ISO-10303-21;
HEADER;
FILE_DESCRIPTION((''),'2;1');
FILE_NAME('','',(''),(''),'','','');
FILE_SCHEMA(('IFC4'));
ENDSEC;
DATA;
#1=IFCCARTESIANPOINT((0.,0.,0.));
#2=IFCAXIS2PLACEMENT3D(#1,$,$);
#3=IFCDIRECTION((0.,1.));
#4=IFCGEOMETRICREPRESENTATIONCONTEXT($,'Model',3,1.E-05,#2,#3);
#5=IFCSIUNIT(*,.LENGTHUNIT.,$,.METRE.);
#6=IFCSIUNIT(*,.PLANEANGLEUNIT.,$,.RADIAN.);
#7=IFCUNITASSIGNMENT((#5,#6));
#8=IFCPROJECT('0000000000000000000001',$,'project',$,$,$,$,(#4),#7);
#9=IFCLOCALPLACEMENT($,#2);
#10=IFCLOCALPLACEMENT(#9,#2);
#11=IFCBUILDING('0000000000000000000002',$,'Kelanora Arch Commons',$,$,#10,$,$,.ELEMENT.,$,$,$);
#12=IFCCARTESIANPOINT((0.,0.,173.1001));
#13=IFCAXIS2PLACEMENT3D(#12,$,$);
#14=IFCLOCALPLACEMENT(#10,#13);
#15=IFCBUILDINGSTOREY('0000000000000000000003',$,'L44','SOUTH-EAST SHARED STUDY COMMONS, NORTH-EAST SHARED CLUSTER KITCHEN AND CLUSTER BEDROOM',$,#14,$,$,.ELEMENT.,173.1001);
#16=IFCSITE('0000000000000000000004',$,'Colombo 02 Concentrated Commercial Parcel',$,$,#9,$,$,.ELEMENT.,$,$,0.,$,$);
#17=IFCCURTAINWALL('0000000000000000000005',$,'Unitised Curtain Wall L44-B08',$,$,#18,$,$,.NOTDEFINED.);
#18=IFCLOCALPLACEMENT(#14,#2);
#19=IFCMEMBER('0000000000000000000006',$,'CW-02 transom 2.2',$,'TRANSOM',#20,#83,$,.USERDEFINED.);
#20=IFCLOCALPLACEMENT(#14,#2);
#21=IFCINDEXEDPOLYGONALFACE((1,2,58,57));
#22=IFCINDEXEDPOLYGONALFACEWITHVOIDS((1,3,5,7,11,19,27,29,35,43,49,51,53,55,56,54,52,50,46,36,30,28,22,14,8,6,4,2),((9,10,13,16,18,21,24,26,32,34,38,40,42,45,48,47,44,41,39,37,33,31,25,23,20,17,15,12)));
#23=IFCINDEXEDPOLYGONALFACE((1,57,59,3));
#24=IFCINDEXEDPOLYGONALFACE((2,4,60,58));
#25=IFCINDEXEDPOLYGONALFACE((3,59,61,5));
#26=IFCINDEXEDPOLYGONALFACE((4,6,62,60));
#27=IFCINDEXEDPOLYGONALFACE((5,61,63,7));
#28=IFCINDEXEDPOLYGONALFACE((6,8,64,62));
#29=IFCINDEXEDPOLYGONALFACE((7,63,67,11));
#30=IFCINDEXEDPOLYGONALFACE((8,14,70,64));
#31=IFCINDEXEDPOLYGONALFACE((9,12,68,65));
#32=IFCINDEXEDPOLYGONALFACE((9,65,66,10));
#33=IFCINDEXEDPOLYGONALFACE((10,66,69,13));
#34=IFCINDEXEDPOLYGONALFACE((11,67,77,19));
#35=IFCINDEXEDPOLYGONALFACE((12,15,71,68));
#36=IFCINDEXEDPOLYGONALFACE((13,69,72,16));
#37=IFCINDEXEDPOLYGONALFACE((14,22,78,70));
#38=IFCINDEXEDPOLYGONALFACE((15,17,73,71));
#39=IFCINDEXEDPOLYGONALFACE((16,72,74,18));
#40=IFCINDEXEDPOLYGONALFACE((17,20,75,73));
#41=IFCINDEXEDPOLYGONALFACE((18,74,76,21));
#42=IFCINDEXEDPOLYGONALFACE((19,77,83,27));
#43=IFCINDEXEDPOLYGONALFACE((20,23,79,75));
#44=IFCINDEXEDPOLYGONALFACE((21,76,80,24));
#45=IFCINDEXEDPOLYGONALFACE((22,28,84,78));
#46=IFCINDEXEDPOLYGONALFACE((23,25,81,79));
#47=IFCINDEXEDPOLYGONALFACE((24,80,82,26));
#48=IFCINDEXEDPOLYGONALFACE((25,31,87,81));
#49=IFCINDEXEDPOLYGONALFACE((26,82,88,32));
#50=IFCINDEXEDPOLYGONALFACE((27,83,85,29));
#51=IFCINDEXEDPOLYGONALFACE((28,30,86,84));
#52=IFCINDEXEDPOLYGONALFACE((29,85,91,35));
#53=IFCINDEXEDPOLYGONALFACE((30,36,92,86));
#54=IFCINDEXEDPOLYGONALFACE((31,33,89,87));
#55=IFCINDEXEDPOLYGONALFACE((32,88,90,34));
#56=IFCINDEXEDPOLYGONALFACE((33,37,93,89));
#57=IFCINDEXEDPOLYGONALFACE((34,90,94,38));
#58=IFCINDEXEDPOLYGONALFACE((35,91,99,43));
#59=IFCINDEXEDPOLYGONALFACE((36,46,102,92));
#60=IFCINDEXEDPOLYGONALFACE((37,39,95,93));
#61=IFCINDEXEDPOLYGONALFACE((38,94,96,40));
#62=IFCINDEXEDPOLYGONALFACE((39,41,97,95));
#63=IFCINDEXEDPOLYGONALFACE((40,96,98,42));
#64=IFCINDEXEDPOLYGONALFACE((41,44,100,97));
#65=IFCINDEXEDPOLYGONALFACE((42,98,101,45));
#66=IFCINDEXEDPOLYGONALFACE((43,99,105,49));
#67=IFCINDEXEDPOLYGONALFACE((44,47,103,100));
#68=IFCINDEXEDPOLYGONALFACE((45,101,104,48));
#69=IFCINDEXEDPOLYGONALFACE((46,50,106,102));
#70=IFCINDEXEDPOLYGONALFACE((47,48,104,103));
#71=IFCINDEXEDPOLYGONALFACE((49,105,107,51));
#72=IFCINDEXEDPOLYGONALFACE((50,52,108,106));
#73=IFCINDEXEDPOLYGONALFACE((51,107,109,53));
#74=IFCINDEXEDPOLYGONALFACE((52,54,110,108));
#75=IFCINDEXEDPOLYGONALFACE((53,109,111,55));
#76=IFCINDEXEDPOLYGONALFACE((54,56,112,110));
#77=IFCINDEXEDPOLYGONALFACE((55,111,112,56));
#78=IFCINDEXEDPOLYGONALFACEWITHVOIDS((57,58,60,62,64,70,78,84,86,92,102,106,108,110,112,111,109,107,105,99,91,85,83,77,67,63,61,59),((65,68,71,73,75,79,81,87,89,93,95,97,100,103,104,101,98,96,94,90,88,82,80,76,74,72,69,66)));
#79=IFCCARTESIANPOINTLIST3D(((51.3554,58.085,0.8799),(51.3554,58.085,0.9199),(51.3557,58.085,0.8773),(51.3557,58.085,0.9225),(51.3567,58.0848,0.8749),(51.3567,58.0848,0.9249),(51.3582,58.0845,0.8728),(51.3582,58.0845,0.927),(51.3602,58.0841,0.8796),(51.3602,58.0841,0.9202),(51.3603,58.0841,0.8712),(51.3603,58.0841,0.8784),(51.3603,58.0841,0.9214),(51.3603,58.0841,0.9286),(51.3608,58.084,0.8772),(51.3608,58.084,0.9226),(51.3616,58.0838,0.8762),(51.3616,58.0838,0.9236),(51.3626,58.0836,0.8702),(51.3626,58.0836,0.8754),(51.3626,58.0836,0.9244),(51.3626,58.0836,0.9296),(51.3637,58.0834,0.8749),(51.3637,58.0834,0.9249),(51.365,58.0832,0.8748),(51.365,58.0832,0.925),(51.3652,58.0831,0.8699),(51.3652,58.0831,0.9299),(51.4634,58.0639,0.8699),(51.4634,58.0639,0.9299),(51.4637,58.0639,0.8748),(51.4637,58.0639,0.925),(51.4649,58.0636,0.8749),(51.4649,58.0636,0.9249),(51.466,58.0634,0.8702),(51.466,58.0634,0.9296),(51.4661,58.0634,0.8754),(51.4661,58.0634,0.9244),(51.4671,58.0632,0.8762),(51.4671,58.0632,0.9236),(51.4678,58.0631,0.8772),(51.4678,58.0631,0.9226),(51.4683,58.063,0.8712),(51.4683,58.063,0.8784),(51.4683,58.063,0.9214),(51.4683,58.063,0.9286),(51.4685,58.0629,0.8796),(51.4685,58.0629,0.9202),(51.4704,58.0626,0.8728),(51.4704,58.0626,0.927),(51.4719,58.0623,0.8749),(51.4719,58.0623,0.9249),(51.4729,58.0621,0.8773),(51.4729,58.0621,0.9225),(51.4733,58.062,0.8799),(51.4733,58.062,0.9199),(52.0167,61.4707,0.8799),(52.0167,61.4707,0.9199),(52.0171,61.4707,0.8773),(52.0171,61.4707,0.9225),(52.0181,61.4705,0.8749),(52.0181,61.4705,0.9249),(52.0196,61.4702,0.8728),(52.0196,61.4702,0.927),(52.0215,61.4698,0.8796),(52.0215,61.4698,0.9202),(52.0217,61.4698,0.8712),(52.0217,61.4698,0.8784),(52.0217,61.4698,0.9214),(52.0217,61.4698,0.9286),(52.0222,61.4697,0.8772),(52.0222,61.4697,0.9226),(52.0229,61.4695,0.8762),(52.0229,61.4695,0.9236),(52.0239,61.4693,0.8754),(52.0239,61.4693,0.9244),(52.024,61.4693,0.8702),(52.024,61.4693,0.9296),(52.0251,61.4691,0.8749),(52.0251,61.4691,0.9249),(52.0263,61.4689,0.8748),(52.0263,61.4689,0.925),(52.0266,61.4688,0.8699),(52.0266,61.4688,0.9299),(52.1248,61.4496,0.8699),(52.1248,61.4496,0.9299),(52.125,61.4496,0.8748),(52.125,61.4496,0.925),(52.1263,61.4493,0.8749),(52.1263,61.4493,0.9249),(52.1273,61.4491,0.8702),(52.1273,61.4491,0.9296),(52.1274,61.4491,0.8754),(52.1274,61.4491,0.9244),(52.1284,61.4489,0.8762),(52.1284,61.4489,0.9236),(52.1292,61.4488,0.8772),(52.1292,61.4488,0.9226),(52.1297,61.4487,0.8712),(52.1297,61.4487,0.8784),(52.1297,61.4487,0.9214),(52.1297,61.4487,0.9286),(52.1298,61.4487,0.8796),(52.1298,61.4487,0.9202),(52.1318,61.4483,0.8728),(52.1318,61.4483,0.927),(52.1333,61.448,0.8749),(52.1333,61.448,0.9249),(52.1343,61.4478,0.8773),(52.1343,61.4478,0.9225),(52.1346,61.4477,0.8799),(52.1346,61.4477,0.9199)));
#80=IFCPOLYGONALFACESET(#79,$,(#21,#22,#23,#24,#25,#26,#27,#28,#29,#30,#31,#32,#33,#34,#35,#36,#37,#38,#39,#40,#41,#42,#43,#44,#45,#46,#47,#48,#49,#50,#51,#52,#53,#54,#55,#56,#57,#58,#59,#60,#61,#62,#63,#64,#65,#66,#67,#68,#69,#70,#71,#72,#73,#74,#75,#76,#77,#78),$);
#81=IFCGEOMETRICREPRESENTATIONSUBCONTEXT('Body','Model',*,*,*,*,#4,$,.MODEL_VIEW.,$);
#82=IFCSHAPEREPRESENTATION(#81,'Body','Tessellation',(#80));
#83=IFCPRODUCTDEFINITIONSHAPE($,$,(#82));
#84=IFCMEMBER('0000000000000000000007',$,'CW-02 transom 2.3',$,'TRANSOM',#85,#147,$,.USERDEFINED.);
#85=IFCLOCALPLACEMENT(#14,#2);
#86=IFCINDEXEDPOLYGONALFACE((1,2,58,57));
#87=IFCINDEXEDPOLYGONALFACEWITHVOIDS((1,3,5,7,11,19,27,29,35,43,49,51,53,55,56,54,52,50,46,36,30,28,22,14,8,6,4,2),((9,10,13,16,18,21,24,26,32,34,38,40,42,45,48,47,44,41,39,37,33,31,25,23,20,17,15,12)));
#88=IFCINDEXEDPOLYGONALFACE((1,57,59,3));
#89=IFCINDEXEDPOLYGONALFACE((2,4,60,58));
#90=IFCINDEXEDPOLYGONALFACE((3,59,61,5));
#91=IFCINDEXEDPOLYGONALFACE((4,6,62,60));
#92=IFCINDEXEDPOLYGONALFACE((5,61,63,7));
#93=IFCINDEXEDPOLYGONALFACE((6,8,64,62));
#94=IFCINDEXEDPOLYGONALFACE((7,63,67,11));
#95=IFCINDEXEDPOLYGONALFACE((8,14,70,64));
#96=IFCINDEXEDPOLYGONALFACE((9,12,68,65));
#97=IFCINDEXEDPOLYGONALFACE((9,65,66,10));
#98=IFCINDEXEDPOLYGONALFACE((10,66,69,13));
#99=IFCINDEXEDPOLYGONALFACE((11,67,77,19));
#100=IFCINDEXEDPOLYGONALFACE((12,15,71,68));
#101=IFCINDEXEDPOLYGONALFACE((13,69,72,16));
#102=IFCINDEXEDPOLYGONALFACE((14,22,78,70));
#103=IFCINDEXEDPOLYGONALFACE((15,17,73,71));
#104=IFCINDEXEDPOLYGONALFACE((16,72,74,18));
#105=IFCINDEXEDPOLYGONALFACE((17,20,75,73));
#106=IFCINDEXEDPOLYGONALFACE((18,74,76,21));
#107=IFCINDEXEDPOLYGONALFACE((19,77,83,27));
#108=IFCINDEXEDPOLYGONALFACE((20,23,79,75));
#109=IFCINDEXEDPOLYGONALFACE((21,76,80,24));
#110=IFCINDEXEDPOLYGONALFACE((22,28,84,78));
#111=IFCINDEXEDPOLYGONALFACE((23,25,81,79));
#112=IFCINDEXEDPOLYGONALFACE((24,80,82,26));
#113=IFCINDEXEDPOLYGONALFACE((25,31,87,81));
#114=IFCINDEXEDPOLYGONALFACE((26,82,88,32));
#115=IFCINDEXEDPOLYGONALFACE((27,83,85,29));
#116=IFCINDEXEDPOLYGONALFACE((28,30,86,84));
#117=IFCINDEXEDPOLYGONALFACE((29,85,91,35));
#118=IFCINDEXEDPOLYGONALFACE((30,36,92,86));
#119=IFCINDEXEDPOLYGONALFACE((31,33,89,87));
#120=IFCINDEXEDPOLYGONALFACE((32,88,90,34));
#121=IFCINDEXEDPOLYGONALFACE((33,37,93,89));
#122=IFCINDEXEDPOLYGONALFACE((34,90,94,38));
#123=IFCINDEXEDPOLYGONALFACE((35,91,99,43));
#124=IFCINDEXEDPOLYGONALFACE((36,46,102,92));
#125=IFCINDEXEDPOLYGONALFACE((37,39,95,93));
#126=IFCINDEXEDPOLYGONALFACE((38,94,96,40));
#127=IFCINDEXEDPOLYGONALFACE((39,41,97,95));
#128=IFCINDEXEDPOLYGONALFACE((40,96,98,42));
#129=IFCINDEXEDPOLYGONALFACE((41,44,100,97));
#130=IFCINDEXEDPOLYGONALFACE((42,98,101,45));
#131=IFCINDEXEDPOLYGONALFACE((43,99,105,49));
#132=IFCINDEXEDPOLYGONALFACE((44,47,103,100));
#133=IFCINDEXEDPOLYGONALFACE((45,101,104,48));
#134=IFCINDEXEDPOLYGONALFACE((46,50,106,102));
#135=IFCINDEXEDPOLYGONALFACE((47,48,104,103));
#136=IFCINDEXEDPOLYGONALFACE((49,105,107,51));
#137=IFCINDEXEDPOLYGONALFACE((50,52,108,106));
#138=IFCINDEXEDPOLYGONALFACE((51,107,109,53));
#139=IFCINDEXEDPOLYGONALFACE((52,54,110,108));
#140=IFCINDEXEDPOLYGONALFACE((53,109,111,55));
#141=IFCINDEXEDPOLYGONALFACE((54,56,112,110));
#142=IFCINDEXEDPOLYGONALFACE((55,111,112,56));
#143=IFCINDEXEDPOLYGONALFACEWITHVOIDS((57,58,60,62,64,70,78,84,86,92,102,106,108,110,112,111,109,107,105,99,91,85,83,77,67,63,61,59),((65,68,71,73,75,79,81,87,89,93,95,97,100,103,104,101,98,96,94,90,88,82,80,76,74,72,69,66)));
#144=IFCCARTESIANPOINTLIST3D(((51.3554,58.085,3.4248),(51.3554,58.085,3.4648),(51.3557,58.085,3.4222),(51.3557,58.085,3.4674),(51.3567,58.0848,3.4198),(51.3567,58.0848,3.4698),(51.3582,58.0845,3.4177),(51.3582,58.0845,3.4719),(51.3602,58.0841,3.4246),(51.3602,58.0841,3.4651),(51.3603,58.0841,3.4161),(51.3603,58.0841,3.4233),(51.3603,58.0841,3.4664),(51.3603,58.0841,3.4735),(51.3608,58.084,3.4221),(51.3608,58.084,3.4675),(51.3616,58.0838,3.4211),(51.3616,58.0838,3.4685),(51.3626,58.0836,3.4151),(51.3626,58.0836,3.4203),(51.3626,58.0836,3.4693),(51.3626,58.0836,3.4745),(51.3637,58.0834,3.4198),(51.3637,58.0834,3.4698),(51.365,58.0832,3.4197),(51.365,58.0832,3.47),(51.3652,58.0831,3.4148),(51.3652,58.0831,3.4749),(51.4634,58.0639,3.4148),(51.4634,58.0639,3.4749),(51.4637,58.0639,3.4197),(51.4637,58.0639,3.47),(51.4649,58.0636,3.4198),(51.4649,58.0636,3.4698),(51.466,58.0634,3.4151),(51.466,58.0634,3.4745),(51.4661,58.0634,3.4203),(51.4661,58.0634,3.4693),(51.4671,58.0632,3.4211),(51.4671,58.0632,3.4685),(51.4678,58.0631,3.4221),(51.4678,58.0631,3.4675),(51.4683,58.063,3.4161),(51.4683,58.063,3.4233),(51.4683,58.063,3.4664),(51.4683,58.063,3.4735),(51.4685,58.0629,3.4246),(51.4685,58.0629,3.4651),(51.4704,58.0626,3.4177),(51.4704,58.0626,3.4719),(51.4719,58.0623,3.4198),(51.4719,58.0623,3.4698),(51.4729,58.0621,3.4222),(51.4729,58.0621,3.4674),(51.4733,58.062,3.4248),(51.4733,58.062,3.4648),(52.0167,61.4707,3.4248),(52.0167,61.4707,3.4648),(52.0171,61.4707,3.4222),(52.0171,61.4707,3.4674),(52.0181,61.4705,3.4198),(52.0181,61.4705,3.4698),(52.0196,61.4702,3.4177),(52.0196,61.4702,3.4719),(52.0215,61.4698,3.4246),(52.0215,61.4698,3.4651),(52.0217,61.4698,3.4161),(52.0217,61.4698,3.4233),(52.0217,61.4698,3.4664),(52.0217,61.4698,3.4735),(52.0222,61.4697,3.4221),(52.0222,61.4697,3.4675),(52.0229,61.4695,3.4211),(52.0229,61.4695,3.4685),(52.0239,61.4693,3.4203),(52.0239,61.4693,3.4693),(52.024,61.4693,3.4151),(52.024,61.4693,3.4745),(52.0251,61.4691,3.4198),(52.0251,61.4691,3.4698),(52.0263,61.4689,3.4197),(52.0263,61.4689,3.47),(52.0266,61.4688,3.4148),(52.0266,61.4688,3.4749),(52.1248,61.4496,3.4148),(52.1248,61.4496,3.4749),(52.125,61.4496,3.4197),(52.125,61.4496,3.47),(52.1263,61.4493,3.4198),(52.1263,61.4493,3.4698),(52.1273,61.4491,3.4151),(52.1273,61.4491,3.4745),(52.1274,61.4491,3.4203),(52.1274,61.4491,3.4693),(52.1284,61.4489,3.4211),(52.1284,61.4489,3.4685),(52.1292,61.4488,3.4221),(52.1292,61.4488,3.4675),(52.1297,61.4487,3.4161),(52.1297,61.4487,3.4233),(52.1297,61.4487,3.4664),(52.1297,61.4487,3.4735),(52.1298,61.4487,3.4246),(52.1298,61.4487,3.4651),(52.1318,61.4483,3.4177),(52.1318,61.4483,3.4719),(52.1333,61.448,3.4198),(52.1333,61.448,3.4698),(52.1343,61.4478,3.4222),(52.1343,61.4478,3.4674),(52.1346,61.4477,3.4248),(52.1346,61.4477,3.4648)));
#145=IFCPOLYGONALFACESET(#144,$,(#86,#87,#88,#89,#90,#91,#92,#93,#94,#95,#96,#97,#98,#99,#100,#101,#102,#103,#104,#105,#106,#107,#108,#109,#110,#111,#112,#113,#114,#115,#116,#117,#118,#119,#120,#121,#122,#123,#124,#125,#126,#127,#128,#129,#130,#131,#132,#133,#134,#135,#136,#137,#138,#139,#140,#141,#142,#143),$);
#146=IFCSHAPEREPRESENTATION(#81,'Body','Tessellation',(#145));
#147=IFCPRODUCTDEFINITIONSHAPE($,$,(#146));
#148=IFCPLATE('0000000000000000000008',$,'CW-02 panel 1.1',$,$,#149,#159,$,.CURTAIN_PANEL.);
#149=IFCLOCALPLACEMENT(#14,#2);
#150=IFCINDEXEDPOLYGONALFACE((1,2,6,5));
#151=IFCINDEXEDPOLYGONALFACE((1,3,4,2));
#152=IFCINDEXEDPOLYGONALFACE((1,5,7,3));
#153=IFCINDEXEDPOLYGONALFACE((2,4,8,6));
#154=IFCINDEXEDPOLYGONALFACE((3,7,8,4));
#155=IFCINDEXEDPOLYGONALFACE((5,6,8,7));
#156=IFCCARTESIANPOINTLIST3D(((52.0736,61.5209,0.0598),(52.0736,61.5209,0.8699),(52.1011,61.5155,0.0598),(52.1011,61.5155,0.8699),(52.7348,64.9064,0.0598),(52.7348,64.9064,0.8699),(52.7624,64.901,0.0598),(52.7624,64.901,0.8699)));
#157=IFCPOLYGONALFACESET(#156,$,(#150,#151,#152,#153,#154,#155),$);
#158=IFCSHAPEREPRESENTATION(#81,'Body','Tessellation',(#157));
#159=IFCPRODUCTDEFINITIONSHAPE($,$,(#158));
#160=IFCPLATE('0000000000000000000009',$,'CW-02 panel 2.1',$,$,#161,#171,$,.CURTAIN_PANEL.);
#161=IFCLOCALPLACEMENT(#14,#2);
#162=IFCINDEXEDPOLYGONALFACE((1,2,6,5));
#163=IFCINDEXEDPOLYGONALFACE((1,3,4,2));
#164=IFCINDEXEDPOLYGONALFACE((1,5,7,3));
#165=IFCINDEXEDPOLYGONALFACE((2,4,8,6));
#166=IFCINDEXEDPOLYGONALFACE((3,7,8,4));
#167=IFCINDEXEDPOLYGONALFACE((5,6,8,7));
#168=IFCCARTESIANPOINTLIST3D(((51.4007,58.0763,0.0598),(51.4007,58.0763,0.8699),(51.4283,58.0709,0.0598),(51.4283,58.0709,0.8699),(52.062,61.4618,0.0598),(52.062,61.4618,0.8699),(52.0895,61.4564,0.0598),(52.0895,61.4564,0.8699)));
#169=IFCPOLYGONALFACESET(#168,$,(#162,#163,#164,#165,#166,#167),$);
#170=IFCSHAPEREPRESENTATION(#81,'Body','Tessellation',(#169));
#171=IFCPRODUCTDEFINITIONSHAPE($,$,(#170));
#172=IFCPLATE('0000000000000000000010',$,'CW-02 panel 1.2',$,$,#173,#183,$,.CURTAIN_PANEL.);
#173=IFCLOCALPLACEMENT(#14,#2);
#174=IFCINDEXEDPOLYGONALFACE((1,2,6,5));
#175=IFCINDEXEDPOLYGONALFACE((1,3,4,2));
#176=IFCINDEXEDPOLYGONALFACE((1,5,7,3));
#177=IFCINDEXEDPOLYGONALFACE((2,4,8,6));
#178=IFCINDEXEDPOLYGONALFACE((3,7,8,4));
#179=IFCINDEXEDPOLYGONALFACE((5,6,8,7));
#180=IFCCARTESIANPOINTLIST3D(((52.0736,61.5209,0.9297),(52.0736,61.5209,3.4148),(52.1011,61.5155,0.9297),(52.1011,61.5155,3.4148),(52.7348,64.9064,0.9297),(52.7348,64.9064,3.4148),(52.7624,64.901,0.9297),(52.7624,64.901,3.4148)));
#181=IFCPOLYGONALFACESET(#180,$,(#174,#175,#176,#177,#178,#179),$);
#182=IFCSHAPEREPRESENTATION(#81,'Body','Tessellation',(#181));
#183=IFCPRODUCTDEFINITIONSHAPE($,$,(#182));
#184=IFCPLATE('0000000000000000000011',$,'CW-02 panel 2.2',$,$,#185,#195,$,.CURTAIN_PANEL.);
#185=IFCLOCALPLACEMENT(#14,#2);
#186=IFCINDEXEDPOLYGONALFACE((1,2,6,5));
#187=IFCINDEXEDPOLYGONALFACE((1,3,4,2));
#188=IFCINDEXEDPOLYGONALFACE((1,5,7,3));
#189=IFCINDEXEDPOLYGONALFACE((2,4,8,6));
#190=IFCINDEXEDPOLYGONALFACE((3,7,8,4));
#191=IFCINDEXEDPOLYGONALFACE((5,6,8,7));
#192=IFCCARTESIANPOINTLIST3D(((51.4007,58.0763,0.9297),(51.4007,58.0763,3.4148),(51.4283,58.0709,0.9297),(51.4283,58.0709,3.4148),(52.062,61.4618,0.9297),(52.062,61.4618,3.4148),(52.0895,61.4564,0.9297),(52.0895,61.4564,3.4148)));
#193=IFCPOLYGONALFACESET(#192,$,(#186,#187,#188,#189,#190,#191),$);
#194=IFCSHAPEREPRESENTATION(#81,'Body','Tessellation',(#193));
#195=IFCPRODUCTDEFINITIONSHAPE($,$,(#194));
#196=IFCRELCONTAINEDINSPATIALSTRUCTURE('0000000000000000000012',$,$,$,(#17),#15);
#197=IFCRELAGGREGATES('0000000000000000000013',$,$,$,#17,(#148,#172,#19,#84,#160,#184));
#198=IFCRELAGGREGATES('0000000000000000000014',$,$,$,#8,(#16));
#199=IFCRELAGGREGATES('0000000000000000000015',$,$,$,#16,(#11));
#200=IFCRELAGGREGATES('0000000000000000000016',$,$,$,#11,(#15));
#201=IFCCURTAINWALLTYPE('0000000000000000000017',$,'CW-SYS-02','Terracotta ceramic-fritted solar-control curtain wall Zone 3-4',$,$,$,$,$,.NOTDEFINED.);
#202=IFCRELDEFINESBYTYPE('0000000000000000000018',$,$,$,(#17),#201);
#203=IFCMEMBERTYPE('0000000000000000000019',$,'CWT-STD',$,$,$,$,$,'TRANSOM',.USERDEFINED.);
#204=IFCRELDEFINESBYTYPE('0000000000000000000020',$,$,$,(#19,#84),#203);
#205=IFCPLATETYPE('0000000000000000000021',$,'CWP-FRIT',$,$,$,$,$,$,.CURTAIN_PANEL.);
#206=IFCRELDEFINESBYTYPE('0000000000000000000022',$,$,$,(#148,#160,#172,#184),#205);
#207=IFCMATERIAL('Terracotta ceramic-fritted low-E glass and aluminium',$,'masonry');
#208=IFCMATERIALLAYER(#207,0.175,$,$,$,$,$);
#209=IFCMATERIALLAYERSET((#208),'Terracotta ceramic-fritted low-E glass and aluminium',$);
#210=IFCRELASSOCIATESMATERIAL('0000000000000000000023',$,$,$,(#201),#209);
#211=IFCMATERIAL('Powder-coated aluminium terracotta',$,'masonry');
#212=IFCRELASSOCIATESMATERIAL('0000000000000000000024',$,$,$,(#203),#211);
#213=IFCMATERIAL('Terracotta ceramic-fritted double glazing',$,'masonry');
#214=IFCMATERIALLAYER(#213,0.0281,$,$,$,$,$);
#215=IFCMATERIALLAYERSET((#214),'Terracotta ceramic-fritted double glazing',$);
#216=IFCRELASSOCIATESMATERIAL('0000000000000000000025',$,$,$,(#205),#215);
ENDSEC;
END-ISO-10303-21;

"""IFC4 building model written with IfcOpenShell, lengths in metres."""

from ifc_helpers import new_model, si_unit, direction, frame, origin, origin_2d, place, context, subcontext, project, spatial, rectangle, hollow_rectangle, extrude, source, transform, mapped, material, layer, layer_set, material_profile, profile_set, type_object, element, aggregate, save


model = new_model("IFC4")

# Units and contexts
model_context = context("Model", 3, precision=1e-05, world=origin(), true_north=direction((0.0, 1.0)))
body_context = subcontext(model_context, "Body", "Model", "MODEL_VIEW")
ifc_project = project(units=[si_unit("LENGTHUNIT", "METRE"), si_unit("PLANEANGLEUNIT", "RADIAN")], contexts=[model_context])

# Site, building, storey
site_placement = place(None, origin())
site = spatial("IfcSite", under=ifc_project, at=site_placement, Name="Colombo 02 Concentrated Commercial Parcel", CompositionType="ELEMENT", RefElevation=0.0)
building_placement = place(site_placement, origin())
building = spatial("IfcBuilding", under=site, at=building_placement, Name="Kelanora Arch Commons", CompositionType="ELEMENT")
storey_placement = place(building_placement, frame((0.0, 0.0, 173.1001)))
storey = spatial("IfcBuildingStorey", under=building, at=storey_placement, Name="L44", Description="SOUTH-EAST SHARED STUDY COMMONS, NORTH-EAST SHARED CLUSTER KITCHEN AND CLUSTER BEDROOM", CompositionType="ELEMENT", Elevation=173.1001)

# Curtain wall, members, plates
ifc_material_1 = material(Name="Terracotta ceramic-fritted low-E glass and aluminium", Category="masonry")
ifc_layer_1 = layer(ifc_material_1, 0.175)
ifc_layer_set_1 = layer_set([ifc_layer_1], Name="Terracotta ceramic-fritted low-E glass and aluminium")
curtain_wall_type = type_object("IfcCurtainWallType", Name="CW-SYS-02", Description="Terracotta ceramic-fritted solar-control curtain wall Zone 3-4", PredefinedType="NOTDEFINED", material=ifc_layer_set_1)
curtain_wall_placement = place(storey_placement, origin())
curtain_wall = element("IfcCurtainWall", 1, at=curtain_wall_placement, inside=storey, type_object=curtain_wall_type, Name="Unitised Curtain Wall L44-B08", PredefinedType="NOTDEFINED")
ifc_material_2 = material(Name="Powder-coated aluminium terracotta", Category="masonry")
ifc_material_profile_1 = material_profile(ifc_material_2, hollow_rectangle(XDim=0.1201, YDim=0.0601, WallThickness=0.0049, InnerFilletRadius=0.0049, OuterFilletRadius=0.01, at=origin_2d()), Name="CWT120x60")
ifc_profile_set_1 = profile_set([ifc_material_profile_1], Name="Powder-coated aluminium terracotta")
member_type_1 = type_object("IfcMemberType", Name="CWT-STD", ElementType="TRANSOM", PredefinedType="USERDEFINED", material=ifc_profile_set_1)
member_1_placement = place(storey_placement, frame((52.0757, 61.4592, 0.8999), z_axis=(-0.191718, -0.98145, 0.0), x_axis=(0.98145, -0.191718, 0.0)))
member_1 = element("IfcMember", 2, at=member_1_placement, type_object=member_type_1, Name="CW-02 transom 2.2", ObjectType="TRANSOM", PredefinedType="USERDEFINED", context=body_context, shape_type="SweptSolid", body=[
    extrude(hollow_rectangle(XDim=0.1201, YDim=0.0601, WallThickness=0.0049, InnerFilletRadius=0.0049, OuterFilletRadius=0.01, at=origin_2d()), origin(), (0.0, 0.0, 1.0), 3.4497),
])
member_2_placement = place(storey_placement, frame((52.0757, 61.4592, 3.4448), z_axis=(-0.191718, -0.98145, 0.0), x_axis=(0.98145, -0.191718, 0.0)))
member_2 = element("IfcMember", 3, at=member_2_placement, type_object=member_type_1, Name="CW-02 transom 2.3", ObjectType="TRANSOM", PredefinedType="USERDEFINED", context=body_context, shape_type="SweptSolid", body=[
    extrude(hollow_rectangle(XDim=0.1201, YDim=0.0601, WallThickness=0.0049, InnerFilletRadius=0.0049, OuterFilletRadius=0.01, at=origin_2d()), origin(), (0.0, 0.0, 1.0), 3.4497),
])
ifc_material_3 = material(Name="Terracotta ceramic-fritted double glazing", Category="masonry")
ifc_layer_2 = layer(ifc_material_3, 0.0281)
ifc_layer_set_2 = layer_set([ifc_layer_2], Name="Terracotta ceramic-fritted double glazing")
plate_type = type_object("IfcPlateType", Name="CWP-FRIT", PredefinedType="CURTAIN_PANEL", material=ifc_layer_set_2)
shared_shape_1 = source(origin(), body_context, "Body", "SweptSolid", [
    extrude(rectangle(XDim=3.4495, YDim=0.0281, at=origin_2d()), origin(), (0.0, 0.0, 1.0), 0.8101),
])
plate_1_placement = place(storey_placement, frame((52.418, 63.2109, 0.0598), z_axis=(0.0, 0.0, 1.0), x_axis=(-0.191705, -0.981453, 0.0)))
plate_1 = element("IfcPlate", 4, at=plate_1_placement, type_object=plate_type, Name="CW-02 panel 1.1", PredefinedType="CURTAIN_PANEL", context=body_context, shape_type="MappedRepresentation", body=[
    mapped(shared_shape_1, transform((0.0, 0.0, 0.0), scale=1.0)),
])
plate_2_placement = place(storey_placement, frame((51.7451, 59.7664, 0.0598), z_axis=(0.0, 0.0, 1.0), x_axis=(-0.191705, -0.981453, 0.0)))
plate_2 = element("IfcPlate", 5, at=plate_2_placement, type_object=plate_type, Name="CW-02 panel 2.1", PredefinedType="CURTAIN_PANEL", context=body_context, shape_type="MappedRepresentation", body=[
    mapped(shared_shape_1, transform((0.0, 0.0, 0.0), scale=1.0)),
])
shared_shape_2 = source(origin(), body_context, "Body", "SweptSolid", [
    extrude(rectangle(XDim=3.4495, YDim=0.0281, at=origin_2d()), origin(), (0.0, 0.0, 1.0), 2.4851),
])
plate_3_placement = place(storey_placement, frame((52.418, 63.2109, 0.9297), z_axis=(0.0, 0.0, 1.0), x_axis=(-0.191705, -0.981453, 0.0)))
plate_3 = element("IfcPlate", 6, at=plate_3_placement, type_object=plate_type, Name="CW-02 panel 1.2", PredefinedType="CURTAIN_PANEL", context=body_context, shape_type="MappedRepresentation", body=[
    mapped(shared_shape_2, transform((0.0, 0.0, 0.0), scale=1.0)),
])
plate_4_placement = place(storey_placement, frame((51.7451, 59.7664, 0.9297), z_axis=(0.0, 0.0, 1.0), x_axis=(-0.191705, -0.981453, 0.0)))
plate_4 = element("IfcPlate", 7, at=plate_4_placement, type_object=plate_type, Name="CW-02 panel 2.2", PredefinedType="CURTAIN_PANEL", context=body_context, shape_type="MappedRepresentation", body=[
    mapped(shared_shape_2, transform((0.0, 0.0, 0.0), scale=1.0)),
])
aggregate(curtain_wall, [plate_1, plate_3, member_1, member_2, plate_2, plate_4])

save(model, "model.ifc")
